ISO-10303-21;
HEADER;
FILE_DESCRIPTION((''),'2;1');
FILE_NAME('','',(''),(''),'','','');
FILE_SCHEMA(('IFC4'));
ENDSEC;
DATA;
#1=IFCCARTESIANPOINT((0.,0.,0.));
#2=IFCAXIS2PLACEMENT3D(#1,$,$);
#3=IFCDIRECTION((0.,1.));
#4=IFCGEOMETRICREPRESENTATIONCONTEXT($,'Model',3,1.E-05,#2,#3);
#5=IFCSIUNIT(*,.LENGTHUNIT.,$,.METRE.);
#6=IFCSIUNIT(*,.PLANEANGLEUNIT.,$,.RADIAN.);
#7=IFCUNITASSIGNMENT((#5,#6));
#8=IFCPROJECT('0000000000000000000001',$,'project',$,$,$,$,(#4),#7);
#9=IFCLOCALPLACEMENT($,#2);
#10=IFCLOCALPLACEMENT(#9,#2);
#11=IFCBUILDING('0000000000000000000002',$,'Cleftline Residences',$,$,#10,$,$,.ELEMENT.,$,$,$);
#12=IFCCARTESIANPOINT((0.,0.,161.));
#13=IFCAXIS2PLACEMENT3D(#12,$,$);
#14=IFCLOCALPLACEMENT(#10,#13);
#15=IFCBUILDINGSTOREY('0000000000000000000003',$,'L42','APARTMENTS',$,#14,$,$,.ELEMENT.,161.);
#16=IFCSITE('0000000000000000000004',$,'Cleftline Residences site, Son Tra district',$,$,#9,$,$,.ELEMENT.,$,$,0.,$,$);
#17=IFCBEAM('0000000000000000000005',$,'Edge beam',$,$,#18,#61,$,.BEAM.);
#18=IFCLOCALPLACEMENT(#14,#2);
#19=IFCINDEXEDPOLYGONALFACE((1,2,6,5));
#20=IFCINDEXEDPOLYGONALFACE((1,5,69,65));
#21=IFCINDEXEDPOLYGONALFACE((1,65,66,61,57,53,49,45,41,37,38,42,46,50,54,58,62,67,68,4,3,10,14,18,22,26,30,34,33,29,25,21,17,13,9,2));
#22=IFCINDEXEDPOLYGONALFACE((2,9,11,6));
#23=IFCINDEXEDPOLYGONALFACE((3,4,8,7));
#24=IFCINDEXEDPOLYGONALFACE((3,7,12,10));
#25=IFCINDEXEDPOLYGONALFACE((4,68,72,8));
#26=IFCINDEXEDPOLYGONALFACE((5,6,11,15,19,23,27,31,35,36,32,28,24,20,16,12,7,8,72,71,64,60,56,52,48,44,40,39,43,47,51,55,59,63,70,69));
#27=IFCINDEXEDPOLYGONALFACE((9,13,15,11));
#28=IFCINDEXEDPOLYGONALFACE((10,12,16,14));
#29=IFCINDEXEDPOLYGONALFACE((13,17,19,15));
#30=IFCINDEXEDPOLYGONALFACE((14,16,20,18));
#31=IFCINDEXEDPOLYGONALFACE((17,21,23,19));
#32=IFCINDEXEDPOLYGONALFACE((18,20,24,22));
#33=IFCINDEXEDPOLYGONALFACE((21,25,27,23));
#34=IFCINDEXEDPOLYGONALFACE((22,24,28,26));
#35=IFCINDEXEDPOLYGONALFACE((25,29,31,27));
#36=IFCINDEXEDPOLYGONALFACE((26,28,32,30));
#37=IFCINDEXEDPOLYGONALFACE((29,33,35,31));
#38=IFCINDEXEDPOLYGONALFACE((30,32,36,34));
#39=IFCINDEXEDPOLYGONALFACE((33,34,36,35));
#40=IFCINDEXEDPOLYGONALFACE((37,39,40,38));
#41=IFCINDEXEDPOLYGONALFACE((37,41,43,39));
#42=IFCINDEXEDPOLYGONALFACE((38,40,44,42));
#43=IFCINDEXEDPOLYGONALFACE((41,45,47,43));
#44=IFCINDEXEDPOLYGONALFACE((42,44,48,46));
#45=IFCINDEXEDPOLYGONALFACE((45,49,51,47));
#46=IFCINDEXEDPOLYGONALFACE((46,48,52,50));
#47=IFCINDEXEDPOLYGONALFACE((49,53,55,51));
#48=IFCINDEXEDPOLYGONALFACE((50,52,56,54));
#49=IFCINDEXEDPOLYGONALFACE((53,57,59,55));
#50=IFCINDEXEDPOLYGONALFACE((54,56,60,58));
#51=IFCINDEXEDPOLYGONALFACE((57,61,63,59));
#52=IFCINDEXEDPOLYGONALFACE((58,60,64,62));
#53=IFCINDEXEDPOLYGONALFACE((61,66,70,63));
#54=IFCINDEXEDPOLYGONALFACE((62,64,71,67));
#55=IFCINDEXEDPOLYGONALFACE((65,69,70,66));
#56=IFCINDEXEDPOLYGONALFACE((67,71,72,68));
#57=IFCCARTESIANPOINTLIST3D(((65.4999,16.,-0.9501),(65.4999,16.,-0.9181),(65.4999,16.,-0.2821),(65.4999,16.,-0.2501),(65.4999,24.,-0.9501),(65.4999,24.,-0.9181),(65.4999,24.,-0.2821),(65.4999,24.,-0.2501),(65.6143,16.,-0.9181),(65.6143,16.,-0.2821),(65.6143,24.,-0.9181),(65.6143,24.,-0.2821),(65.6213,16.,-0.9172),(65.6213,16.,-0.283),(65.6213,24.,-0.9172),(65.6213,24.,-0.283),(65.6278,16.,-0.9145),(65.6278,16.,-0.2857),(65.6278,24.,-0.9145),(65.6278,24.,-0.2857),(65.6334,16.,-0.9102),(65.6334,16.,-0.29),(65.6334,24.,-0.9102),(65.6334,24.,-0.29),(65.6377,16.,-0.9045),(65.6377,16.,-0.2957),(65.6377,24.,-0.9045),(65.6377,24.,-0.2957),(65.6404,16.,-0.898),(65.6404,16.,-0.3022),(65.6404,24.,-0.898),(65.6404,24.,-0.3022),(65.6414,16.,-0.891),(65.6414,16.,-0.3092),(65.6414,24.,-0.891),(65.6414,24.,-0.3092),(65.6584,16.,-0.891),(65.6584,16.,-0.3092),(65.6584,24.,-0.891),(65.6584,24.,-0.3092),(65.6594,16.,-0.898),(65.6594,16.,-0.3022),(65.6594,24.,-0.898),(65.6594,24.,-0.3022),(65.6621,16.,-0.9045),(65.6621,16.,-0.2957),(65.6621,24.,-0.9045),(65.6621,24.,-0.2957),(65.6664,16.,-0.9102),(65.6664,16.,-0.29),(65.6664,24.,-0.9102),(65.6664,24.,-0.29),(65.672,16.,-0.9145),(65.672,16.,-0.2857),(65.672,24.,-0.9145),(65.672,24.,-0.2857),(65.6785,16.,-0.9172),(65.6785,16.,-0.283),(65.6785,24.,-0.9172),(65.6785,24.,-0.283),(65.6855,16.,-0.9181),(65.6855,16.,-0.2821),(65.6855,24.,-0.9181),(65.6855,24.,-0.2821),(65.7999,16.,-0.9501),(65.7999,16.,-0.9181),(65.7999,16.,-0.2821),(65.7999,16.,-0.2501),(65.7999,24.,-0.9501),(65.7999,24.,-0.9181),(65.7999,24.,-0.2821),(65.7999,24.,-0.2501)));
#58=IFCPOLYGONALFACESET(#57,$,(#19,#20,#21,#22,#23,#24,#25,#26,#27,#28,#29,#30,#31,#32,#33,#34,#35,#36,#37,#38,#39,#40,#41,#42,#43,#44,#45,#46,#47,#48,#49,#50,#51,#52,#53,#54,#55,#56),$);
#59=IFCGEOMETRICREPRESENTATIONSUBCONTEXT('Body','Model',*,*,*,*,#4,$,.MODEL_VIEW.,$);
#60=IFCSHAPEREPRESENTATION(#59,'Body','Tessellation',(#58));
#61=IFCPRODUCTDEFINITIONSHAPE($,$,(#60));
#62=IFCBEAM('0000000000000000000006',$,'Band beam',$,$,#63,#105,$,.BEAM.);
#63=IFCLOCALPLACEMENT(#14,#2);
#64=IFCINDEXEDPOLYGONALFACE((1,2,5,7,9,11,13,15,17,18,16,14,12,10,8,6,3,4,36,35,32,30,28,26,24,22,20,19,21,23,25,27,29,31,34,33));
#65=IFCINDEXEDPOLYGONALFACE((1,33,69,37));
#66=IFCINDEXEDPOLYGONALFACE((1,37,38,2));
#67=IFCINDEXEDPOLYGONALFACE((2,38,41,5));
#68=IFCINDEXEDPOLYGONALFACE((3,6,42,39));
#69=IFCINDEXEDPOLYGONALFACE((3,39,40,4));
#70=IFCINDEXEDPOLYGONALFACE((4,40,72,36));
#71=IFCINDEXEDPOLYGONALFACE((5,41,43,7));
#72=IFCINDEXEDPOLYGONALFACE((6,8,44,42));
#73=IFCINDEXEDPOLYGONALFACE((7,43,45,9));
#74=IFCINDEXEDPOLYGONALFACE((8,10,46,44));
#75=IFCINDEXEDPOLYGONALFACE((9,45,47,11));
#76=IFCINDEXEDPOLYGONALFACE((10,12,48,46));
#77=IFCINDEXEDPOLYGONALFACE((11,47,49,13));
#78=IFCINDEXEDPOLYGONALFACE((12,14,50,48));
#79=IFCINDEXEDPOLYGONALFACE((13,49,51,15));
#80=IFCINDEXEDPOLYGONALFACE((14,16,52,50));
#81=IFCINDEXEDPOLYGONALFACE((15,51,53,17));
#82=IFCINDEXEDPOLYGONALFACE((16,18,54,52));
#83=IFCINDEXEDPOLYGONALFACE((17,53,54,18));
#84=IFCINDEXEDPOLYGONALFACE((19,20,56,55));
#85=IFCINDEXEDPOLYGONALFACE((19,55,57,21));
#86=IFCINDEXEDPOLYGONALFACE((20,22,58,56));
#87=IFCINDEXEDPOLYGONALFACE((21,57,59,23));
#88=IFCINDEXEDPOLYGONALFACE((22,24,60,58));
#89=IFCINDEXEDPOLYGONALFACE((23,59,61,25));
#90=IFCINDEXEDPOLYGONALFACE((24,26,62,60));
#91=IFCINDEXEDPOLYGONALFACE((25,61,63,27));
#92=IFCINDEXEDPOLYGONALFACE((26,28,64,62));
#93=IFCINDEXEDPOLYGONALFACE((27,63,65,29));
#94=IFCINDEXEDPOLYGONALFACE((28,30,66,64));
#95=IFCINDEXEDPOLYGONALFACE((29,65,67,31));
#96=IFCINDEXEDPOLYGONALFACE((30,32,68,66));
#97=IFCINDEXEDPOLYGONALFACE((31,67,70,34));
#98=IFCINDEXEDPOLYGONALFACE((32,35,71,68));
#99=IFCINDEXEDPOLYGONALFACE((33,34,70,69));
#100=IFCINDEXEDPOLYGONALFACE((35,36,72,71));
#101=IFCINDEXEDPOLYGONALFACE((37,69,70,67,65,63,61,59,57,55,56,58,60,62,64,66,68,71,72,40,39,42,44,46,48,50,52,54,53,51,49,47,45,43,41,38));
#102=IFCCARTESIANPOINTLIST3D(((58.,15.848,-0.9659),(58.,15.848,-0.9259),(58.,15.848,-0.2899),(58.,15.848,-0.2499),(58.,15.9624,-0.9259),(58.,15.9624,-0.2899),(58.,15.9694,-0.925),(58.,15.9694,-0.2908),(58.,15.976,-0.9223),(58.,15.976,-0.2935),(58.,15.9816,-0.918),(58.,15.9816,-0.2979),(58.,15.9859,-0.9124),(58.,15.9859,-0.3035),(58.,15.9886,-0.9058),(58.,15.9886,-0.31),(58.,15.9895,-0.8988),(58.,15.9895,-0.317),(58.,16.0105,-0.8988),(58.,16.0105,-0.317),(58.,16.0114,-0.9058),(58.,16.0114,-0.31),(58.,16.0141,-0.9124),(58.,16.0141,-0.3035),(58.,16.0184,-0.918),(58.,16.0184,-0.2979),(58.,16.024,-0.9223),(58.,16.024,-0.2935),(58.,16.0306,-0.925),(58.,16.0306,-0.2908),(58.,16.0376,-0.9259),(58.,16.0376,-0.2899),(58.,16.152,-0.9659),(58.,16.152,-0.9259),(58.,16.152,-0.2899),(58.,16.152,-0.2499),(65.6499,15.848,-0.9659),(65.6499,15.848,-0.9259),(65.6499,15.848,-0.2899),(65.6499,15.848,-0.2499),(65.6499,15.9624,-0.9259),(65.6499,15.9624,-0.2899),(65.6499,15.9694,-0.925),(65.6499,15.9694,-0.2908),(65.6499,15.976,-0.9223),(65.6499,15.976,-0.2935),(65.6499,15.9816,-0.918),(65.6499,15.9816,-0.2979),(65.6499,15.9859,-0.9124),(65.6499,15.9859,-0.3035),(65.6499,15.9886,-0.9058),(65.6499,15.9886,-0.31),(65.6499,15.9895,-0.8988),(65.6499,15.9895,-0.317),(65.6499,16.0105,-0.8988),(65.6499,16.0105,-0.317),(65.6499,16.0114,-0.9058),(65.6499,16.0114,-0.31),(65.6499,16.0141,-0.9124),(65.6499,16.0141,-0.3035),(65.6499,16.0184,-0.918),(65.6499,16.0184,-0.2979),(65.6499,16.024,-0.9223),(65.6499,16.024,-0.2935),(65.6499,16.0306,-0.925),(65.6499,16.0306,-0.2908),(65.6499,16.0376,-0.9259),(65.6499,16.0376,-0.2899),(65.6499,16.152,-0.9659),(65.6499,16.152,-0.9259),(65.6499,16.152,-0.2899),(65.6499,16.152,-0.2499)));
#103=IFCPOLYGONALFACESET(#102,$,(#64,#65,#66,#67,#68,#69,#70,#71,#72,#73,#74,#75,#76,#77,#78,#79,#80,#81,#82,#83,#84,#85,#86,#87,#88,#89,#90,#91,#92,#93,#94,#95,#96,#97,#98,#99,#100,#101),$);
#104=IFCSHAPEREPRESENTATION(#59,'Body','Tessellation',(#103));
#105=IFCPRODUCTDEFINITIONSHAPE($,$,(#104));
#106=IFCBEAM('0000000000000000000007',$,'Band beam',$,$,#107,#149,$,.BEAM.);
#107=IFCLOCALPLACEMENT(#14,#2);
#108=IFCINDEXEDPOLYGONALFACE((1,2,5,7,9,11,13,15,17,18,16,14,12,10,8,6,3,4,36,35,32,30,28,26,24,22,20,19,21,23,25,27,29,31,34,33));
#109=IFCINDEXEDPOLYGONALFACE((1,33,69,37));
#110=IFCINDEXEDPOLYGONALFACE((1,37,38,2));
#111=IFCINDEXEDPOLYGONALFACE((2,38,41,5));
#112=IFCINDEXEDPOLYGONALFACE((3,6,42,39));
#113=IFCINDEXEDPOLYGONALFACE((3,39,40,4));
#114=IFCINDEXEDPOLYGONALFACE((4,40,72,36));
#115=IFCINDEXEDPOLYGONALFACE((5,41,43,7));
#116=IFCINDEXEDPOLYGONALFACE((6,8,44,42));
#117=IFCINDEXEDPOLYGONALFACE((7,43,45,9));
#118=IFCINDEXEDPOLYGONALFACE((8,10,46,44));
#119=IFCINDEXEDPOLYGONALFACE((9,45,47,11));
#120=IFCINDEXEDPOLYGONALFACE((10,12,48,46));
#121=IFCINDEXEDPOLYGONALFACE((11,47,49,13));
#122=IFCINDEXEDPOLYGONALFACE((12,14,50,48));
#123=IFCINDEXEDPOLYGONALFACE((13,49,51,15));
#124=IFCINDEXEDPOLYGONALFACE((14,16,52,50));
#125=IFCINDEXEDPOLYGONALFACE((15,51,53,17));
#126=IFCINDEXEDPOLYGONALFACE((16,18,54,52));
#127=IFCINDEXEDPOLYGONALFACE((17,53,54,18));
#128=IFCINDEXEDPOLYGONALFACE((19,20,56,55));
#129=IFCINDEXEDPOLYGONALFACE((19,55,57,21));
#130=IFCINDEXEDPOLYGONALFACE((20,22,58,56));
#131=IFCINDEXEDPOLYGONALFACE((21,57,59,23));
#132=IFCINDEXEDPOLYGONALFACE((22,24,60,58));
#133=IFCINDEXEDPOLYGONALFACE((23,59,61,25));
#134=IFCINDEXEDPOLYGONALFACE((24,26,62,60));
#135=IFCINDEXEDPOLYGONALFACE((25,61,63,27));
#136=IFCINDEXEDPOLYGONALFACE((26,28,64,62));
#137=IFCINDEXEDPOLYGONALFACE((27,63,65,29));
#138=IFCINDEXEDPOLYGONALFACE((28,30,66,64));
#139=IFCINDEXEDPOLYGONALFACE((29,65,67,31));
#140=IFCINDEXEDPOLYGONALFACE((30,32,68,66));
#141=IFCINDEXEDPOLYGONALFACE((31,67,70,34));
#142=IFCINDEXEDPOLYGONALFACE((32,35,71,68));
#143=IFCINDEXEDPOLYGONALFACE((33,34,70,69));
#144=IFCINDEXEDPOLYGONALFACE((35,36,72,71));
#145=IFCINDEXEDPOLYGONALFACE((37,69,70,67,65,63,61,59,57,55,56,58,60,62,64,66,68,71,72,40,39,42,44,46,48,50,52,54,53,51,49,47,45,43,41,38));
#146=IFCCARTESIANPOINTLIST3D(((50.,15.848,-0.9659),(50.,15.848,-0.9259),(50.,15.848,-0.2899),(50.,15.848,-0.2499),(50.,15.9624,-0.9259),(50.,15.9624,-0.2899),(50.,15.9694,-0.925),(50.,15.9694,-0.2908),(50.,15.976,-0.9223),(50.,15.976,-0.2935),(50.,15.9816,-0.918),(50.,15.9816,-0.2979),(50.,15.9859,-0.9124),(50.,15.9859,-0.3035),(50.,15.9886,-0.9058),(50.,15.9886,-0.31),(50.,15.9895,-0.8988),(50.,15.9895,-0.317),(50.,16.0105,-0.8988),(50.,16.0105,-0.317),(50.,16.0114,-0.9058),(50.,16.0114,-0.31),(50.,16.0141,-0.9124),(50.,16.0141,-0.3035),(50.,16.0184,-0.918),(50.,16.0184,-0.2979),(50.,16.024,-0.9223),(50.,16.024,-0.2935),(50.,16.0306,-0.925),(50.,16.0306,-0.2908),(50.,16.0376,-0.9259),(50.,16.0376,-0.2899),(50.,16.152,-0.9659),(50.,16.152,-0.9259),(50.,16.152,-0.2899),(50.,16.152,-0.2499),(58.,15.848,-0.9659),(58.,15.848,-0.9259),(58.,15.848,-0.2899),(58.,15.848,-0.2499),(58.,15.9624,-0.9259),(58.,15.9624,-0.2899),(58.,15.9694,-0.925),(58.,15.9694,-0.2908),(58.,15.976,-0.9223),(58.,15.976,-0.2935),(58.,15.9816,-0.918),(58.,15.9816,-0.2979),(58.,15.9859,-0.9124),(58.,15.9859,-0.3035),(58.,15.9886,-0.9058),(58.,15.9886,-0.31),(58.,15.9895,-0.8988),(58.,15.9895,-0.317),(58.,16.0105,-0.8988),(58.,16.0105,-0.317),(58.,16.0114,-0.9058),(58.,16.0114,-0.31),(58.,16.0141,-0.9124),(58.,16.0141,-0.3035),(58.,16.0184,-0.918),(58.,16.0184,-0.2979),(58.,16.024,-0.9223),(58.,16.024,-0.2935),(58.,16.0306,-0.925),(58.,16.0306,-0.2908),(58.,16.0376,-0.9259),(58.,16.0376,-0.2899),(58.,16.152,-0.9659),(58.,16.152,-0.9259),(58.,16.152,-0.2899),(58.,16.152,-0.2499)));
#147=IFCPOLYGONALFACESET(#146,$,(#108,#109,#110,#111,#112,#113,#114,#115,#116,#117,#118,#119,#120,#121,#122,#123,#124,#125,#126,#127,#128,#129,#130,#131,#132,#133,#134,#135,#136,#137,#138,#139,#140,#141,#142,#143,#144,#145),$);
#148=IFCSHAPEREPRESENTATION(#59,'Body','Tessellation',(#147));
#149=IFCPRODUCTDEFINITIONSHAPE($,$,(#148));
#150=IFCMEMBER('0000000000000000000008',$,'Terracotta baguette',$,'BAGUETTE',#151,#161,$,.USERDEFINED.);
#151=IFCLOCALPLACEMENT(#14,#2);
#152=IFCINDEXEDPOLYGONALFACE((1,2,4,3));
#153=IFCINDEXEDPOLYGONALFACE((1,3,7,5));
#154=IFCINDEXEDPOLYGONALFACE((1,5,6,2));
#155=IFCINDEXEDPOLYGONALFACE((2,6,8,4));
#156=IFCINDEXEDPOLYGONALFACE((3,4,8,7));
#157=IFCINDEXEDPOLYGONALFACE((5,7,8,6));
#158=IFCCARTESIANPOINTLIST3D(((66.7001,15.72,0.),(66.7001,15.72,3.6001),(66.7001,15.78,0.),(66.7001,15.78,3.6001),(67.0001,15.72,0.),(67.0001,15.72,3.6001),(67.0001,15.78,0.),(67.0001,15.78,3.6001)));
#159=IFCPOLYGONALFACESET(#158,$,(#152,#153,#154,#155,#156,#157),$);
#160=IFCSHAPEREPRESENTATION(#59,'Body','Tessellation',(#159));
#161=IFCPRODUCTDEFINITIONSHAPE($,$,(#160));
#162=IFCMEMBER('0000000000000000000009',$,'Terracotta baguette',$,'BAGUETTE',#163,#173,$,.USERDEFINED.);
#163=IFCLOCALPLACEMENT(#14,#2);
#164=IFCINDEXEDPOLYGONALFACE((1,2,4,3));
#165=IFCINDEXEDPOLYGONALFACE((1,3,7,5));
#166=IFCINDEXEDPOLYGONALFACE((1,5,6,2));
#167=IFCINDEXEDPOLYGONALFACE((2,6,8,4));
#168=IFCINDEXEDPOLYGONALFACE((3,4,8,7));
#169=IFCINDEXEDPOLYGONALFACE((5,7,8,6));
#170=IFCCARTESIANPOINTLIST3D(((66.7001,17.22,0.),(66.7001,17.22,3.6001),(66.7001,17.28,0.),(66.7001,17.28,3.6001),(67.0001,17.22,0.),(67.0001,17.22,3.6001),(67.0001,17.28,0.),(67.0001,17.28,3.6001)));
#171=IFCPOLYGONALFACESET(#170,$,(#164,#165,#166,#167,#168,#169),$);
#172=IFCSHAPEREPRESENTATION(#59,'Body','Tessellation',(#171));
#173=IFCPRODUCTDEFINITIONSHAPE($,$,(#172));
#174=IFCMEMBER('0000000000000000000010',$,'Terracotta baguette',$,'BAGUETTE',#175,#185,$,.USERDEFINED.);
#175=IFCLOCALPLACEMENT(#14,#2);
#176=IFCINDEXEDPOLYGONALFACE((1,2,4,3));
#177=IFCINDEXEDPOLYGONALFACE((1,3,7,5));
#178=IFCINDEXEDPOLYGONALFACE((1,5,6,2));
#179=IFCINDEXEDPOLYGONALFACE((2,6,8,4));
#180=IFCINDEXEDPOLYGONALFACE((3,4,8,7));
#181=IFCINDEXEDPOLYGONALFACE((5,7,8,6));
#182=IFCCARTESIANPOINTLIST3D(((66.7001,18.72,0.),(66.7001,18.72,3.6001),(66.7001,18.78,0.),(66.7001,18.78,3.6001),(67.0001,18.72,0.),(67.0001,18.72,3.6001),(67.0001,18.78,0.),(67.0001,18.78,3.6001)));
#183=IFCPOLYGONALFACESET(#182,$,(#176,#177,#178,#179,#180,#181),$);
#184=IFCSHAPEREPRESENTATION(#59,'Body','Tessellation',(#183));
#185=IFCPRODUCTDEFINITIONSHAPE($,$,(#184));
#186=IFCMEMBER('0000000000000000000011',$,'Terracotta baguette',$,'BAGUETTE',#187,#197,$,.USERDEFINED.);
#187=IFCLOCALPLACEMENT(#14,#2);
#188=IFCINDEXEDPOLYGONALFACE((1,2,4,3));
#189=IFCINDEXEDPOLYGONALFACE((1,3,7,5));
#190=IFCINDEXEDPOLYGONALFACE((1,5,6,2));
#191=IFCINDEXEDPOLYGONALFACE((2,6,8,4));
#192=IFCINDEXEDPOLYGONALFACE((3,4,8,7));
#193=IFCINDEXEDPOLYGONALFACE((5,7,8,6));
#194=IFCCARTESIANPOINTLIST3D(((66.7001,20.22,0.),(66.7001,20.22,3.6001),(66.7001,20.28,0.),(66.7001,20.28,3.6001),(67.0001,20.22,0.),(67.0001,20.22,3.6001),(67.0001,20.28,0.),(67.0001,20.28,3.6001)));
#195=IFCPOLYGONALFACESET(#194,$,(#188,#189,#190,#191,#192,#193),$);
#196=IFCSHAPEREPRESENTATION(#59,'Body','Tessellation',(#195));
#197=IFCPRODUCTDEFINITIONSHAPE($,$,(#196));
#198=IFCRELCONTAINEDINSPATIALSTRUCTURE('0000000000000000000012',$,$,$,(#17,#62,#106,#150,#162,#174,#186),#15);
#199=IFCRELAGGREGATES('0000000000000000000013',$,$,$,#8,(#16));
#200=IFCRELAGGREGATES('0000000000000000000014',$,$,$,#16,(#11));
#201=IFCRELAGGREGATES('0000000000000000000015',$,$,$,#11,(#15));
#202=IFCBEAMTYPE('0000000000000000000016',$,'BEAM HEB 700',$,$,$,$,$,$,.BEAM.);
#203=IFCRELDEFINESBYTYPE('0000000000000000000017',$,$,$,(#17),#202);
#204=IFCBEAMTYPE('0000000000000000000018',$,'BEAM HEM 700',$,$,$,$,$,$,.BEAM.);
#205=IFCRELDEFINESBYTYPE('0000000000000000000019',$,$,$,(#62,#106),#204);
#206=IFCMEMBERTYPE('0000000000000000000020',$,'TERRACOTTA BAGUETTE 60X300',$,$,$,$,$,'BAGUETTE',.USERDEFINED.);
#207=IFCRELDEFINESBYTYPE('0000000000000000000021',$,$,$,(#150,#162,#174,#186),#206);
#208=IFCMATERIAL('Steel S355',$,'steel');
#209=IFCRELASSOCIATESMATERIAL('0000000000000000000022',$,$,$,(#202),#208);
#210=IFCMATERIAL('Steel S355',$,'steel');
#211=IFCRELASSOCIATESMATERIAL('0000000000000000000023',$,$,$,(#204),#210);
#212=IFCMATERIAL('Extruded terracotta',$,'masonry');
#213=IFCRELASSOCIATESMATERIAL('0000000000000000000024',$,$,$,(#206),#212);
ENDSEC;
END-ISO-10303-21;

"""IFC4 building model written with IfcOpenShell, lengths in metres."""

from ifc_helpers import new_model, si_unit, direction, frame, origin, origin_2d, place, context, subcontext, project, spatial, rectangle, i_section, extrude, material, material_profile, profile_set, type_object, element, save


model = new_model("IFC4")

# Units and contexts
model_context = context("Model", 3, precision=1e-05, world=origin(), true_north=direction((0.0, 1.0)))
body_context = subcontext(model_context, "Body", "Model", "MODEL_VIEW")
ifc_project = project(units=[si_unit("LENGTHUNIT", "METRE"), si_unit("PLANEANGLEUNIT", "RADIAN")], contexts=[model_context])

# Site, building, storey
site_placement = place(None, origin())
site = spatial("IfcSite", under=ifc_project, at=site_placement, Name="Cleftline Residences site, Son Tra district", CompositionType="ELEMENT", RefElevation=0.0)
building_placement = place(site_placement, origin())
building = spatial("IfcBuilding", under=site, at=building_placement, Name="Cleftline Residences", CompositionType="ELEMENT")
storey_placement = place(building_placement, frame((0.0, 0.0, 161.0)))
storey = spatial("IfcBuildingStorey", under=building, at=storey_placement, Name="L42", Description="APARTMENTS", CompositionType="ELEMENT", Elevation=161.0)

# Beams
ifc_material_1 = material(Name="Steel S355", Category="steel")
ifc_material_profile_1 = material_profile(ifc_material_1, i_section(OverallWidth=0.3, OverallDepth=0.7, WebThickness=0.0171, FlangeThickness=0.032, FilletRadius=0.0271, at=origin_2d()))
ifc_profile_set_1 = profile_set([ifc_material_profile_1], Name="Steel S355")
beam_type_1 = type_object("IfcBeamType", Name="BEAM HEB 700", PredefinedType="BEAM", material=ifc_profile_set_1)
beam_1_placement = place(storey_placement, frame((65.6499, 16.0, -0.6001), z_axis=(0.0, 1.0, 0.0), x_axis=(-1.0, 0.0, 0.0)))
element("IfcBeam", 1, at=beam_1_placement, inside=storey, type_object=beam_type_1, Name="Edge beam", PredefinedType="BEAM", context=body_context, shape_type="SweptSolid", body=[
    extrude(i_section(OverallWidth=0.3, OverallDepth=0.7, WebThickness=0.0171, FlangeThickness=0.032, FilletRadius=0.0271, at=origin_2d()), origin(), (0.0, 0.0, 1.0), 8.0),
])
ifc_material_2 = material(Name="Steel S355", Category="steel")
ifc_material_profile_2 = material_profile(ifc_material_2, i_section(OverallWidth=0.304, OverallDepth=0.7161, WebThickness=0.021, FlangeThickness=0.04, FilletRadius=0.0271, at=origin_2d()))
ifc_profile_set_2 = profile_set([ifc_material_profile_2], Name="Steel S355")
beam_type_2 = type_object("IfcBeamType", Name="BEAM HEM 700", PredefinedType="BEAM", material=ifc_profile_set_2)
beam_2_placement = place(storey_placement, frame((65.6499, 16.0, -0.6079), z_axis=(-1.0, 0.0, 0.0), x_axis=(0.0, -1.0, 0.0)))
element("IfcBeam", 2, at=beam_2_placement, inside=storey, type_object=beam_type_2, Name="Band beam", PredefinedType="BEAM", context=body_context, shape_type="SweptSolid", body=[
    extrude(i_section(OverallWidth=0.304, OverallDepth=0.7161, WebThickness=0.021, FlangeThickness=0.04, FilletRadius=0.0271, at=origin_2d()), origin(), (0.0, 0.0, 1.0), 7.6499),
])
beam_3_placement = place(storey_placement, frame((58.0, 16.0, -0.6079), z_axis=(-1.0, 0.0, 0.0), x_axis=(0.0, -1.0, 0.0)))
element("IfcBeam", 3, at=beam_3_placement, inside=storey, type_object=beam_type_2, Name="Band beam", PredefinedType="BEAM", context=body_context, shape_type="SweptSolid", body=[
    extrude(i_section(OverallWidth=0.304, OverallDepth=0.7161, WebThickness=0.021, FlangeThickness=0.04, FilletRadius=0.0271, at=origin_2d()), origin(), (0.0, 0.0, 1.0), 8.0),
])

# Members
ifc_material_3 = material(Name="Extruded terracotta", Category="masonry")
ifc_material_profile_3 = material_profile(ifc_material_3, rectangle(XDim=0.0601, YDim=0.3, at=origin_2d()))
ifc_profile_set_3 = profile_set([ifc_material_profile_3], Name="Extruded terracotta")
member_type_1 = type_object("IfcMemberType", Name="TERRACOTTA BAGUETTE 60X300", ElementType="BAGUETTE", PredefinedType="USERDEFINED", material=ifc_profile_set_3)
for number, where, z_axis, x_axis, name in (
    (4, (66.8501, 15.75, 0.0), (0.0, 0.0, 1.0), (0.0, 1.0, 0.0), "Terracotta baguette"),
    (5, (66.8501, 17.25, 0.0), (0.0, 0.0, 1.0), (0.0, 1.0, 0.0), "Terracotta baguette"),
    (6, (66.8501, 18.75, 0.0), (0.0, 0.0, 1.0), (0.0, 1.0, 0.0), "Terracotta baguette"),
    (7, (66.8501, 20.25, 0.0), (0.0, 0.0, 1.0), (0.0, 1.0, 0.0), "Terracotta baguette"),
):
    element("IfcMember", number, at=place(storey_placement, frame(where, z_axis=z_axis, x_axis=x_axis)), inside=storey, type_object=member_type_1, Name=name, ObjectType="BAGUETTE", PredefinedType="USERDEFINED", context=body_context, shape_type="SweptSolid", body=[
        extrude(rectangle(XDim=0.0601, YDim=0.3, at=origin_2d()), origin(), (0.0, 0.0, 1.0), 3.6001),
    ])

save(model, "model.ifc")
